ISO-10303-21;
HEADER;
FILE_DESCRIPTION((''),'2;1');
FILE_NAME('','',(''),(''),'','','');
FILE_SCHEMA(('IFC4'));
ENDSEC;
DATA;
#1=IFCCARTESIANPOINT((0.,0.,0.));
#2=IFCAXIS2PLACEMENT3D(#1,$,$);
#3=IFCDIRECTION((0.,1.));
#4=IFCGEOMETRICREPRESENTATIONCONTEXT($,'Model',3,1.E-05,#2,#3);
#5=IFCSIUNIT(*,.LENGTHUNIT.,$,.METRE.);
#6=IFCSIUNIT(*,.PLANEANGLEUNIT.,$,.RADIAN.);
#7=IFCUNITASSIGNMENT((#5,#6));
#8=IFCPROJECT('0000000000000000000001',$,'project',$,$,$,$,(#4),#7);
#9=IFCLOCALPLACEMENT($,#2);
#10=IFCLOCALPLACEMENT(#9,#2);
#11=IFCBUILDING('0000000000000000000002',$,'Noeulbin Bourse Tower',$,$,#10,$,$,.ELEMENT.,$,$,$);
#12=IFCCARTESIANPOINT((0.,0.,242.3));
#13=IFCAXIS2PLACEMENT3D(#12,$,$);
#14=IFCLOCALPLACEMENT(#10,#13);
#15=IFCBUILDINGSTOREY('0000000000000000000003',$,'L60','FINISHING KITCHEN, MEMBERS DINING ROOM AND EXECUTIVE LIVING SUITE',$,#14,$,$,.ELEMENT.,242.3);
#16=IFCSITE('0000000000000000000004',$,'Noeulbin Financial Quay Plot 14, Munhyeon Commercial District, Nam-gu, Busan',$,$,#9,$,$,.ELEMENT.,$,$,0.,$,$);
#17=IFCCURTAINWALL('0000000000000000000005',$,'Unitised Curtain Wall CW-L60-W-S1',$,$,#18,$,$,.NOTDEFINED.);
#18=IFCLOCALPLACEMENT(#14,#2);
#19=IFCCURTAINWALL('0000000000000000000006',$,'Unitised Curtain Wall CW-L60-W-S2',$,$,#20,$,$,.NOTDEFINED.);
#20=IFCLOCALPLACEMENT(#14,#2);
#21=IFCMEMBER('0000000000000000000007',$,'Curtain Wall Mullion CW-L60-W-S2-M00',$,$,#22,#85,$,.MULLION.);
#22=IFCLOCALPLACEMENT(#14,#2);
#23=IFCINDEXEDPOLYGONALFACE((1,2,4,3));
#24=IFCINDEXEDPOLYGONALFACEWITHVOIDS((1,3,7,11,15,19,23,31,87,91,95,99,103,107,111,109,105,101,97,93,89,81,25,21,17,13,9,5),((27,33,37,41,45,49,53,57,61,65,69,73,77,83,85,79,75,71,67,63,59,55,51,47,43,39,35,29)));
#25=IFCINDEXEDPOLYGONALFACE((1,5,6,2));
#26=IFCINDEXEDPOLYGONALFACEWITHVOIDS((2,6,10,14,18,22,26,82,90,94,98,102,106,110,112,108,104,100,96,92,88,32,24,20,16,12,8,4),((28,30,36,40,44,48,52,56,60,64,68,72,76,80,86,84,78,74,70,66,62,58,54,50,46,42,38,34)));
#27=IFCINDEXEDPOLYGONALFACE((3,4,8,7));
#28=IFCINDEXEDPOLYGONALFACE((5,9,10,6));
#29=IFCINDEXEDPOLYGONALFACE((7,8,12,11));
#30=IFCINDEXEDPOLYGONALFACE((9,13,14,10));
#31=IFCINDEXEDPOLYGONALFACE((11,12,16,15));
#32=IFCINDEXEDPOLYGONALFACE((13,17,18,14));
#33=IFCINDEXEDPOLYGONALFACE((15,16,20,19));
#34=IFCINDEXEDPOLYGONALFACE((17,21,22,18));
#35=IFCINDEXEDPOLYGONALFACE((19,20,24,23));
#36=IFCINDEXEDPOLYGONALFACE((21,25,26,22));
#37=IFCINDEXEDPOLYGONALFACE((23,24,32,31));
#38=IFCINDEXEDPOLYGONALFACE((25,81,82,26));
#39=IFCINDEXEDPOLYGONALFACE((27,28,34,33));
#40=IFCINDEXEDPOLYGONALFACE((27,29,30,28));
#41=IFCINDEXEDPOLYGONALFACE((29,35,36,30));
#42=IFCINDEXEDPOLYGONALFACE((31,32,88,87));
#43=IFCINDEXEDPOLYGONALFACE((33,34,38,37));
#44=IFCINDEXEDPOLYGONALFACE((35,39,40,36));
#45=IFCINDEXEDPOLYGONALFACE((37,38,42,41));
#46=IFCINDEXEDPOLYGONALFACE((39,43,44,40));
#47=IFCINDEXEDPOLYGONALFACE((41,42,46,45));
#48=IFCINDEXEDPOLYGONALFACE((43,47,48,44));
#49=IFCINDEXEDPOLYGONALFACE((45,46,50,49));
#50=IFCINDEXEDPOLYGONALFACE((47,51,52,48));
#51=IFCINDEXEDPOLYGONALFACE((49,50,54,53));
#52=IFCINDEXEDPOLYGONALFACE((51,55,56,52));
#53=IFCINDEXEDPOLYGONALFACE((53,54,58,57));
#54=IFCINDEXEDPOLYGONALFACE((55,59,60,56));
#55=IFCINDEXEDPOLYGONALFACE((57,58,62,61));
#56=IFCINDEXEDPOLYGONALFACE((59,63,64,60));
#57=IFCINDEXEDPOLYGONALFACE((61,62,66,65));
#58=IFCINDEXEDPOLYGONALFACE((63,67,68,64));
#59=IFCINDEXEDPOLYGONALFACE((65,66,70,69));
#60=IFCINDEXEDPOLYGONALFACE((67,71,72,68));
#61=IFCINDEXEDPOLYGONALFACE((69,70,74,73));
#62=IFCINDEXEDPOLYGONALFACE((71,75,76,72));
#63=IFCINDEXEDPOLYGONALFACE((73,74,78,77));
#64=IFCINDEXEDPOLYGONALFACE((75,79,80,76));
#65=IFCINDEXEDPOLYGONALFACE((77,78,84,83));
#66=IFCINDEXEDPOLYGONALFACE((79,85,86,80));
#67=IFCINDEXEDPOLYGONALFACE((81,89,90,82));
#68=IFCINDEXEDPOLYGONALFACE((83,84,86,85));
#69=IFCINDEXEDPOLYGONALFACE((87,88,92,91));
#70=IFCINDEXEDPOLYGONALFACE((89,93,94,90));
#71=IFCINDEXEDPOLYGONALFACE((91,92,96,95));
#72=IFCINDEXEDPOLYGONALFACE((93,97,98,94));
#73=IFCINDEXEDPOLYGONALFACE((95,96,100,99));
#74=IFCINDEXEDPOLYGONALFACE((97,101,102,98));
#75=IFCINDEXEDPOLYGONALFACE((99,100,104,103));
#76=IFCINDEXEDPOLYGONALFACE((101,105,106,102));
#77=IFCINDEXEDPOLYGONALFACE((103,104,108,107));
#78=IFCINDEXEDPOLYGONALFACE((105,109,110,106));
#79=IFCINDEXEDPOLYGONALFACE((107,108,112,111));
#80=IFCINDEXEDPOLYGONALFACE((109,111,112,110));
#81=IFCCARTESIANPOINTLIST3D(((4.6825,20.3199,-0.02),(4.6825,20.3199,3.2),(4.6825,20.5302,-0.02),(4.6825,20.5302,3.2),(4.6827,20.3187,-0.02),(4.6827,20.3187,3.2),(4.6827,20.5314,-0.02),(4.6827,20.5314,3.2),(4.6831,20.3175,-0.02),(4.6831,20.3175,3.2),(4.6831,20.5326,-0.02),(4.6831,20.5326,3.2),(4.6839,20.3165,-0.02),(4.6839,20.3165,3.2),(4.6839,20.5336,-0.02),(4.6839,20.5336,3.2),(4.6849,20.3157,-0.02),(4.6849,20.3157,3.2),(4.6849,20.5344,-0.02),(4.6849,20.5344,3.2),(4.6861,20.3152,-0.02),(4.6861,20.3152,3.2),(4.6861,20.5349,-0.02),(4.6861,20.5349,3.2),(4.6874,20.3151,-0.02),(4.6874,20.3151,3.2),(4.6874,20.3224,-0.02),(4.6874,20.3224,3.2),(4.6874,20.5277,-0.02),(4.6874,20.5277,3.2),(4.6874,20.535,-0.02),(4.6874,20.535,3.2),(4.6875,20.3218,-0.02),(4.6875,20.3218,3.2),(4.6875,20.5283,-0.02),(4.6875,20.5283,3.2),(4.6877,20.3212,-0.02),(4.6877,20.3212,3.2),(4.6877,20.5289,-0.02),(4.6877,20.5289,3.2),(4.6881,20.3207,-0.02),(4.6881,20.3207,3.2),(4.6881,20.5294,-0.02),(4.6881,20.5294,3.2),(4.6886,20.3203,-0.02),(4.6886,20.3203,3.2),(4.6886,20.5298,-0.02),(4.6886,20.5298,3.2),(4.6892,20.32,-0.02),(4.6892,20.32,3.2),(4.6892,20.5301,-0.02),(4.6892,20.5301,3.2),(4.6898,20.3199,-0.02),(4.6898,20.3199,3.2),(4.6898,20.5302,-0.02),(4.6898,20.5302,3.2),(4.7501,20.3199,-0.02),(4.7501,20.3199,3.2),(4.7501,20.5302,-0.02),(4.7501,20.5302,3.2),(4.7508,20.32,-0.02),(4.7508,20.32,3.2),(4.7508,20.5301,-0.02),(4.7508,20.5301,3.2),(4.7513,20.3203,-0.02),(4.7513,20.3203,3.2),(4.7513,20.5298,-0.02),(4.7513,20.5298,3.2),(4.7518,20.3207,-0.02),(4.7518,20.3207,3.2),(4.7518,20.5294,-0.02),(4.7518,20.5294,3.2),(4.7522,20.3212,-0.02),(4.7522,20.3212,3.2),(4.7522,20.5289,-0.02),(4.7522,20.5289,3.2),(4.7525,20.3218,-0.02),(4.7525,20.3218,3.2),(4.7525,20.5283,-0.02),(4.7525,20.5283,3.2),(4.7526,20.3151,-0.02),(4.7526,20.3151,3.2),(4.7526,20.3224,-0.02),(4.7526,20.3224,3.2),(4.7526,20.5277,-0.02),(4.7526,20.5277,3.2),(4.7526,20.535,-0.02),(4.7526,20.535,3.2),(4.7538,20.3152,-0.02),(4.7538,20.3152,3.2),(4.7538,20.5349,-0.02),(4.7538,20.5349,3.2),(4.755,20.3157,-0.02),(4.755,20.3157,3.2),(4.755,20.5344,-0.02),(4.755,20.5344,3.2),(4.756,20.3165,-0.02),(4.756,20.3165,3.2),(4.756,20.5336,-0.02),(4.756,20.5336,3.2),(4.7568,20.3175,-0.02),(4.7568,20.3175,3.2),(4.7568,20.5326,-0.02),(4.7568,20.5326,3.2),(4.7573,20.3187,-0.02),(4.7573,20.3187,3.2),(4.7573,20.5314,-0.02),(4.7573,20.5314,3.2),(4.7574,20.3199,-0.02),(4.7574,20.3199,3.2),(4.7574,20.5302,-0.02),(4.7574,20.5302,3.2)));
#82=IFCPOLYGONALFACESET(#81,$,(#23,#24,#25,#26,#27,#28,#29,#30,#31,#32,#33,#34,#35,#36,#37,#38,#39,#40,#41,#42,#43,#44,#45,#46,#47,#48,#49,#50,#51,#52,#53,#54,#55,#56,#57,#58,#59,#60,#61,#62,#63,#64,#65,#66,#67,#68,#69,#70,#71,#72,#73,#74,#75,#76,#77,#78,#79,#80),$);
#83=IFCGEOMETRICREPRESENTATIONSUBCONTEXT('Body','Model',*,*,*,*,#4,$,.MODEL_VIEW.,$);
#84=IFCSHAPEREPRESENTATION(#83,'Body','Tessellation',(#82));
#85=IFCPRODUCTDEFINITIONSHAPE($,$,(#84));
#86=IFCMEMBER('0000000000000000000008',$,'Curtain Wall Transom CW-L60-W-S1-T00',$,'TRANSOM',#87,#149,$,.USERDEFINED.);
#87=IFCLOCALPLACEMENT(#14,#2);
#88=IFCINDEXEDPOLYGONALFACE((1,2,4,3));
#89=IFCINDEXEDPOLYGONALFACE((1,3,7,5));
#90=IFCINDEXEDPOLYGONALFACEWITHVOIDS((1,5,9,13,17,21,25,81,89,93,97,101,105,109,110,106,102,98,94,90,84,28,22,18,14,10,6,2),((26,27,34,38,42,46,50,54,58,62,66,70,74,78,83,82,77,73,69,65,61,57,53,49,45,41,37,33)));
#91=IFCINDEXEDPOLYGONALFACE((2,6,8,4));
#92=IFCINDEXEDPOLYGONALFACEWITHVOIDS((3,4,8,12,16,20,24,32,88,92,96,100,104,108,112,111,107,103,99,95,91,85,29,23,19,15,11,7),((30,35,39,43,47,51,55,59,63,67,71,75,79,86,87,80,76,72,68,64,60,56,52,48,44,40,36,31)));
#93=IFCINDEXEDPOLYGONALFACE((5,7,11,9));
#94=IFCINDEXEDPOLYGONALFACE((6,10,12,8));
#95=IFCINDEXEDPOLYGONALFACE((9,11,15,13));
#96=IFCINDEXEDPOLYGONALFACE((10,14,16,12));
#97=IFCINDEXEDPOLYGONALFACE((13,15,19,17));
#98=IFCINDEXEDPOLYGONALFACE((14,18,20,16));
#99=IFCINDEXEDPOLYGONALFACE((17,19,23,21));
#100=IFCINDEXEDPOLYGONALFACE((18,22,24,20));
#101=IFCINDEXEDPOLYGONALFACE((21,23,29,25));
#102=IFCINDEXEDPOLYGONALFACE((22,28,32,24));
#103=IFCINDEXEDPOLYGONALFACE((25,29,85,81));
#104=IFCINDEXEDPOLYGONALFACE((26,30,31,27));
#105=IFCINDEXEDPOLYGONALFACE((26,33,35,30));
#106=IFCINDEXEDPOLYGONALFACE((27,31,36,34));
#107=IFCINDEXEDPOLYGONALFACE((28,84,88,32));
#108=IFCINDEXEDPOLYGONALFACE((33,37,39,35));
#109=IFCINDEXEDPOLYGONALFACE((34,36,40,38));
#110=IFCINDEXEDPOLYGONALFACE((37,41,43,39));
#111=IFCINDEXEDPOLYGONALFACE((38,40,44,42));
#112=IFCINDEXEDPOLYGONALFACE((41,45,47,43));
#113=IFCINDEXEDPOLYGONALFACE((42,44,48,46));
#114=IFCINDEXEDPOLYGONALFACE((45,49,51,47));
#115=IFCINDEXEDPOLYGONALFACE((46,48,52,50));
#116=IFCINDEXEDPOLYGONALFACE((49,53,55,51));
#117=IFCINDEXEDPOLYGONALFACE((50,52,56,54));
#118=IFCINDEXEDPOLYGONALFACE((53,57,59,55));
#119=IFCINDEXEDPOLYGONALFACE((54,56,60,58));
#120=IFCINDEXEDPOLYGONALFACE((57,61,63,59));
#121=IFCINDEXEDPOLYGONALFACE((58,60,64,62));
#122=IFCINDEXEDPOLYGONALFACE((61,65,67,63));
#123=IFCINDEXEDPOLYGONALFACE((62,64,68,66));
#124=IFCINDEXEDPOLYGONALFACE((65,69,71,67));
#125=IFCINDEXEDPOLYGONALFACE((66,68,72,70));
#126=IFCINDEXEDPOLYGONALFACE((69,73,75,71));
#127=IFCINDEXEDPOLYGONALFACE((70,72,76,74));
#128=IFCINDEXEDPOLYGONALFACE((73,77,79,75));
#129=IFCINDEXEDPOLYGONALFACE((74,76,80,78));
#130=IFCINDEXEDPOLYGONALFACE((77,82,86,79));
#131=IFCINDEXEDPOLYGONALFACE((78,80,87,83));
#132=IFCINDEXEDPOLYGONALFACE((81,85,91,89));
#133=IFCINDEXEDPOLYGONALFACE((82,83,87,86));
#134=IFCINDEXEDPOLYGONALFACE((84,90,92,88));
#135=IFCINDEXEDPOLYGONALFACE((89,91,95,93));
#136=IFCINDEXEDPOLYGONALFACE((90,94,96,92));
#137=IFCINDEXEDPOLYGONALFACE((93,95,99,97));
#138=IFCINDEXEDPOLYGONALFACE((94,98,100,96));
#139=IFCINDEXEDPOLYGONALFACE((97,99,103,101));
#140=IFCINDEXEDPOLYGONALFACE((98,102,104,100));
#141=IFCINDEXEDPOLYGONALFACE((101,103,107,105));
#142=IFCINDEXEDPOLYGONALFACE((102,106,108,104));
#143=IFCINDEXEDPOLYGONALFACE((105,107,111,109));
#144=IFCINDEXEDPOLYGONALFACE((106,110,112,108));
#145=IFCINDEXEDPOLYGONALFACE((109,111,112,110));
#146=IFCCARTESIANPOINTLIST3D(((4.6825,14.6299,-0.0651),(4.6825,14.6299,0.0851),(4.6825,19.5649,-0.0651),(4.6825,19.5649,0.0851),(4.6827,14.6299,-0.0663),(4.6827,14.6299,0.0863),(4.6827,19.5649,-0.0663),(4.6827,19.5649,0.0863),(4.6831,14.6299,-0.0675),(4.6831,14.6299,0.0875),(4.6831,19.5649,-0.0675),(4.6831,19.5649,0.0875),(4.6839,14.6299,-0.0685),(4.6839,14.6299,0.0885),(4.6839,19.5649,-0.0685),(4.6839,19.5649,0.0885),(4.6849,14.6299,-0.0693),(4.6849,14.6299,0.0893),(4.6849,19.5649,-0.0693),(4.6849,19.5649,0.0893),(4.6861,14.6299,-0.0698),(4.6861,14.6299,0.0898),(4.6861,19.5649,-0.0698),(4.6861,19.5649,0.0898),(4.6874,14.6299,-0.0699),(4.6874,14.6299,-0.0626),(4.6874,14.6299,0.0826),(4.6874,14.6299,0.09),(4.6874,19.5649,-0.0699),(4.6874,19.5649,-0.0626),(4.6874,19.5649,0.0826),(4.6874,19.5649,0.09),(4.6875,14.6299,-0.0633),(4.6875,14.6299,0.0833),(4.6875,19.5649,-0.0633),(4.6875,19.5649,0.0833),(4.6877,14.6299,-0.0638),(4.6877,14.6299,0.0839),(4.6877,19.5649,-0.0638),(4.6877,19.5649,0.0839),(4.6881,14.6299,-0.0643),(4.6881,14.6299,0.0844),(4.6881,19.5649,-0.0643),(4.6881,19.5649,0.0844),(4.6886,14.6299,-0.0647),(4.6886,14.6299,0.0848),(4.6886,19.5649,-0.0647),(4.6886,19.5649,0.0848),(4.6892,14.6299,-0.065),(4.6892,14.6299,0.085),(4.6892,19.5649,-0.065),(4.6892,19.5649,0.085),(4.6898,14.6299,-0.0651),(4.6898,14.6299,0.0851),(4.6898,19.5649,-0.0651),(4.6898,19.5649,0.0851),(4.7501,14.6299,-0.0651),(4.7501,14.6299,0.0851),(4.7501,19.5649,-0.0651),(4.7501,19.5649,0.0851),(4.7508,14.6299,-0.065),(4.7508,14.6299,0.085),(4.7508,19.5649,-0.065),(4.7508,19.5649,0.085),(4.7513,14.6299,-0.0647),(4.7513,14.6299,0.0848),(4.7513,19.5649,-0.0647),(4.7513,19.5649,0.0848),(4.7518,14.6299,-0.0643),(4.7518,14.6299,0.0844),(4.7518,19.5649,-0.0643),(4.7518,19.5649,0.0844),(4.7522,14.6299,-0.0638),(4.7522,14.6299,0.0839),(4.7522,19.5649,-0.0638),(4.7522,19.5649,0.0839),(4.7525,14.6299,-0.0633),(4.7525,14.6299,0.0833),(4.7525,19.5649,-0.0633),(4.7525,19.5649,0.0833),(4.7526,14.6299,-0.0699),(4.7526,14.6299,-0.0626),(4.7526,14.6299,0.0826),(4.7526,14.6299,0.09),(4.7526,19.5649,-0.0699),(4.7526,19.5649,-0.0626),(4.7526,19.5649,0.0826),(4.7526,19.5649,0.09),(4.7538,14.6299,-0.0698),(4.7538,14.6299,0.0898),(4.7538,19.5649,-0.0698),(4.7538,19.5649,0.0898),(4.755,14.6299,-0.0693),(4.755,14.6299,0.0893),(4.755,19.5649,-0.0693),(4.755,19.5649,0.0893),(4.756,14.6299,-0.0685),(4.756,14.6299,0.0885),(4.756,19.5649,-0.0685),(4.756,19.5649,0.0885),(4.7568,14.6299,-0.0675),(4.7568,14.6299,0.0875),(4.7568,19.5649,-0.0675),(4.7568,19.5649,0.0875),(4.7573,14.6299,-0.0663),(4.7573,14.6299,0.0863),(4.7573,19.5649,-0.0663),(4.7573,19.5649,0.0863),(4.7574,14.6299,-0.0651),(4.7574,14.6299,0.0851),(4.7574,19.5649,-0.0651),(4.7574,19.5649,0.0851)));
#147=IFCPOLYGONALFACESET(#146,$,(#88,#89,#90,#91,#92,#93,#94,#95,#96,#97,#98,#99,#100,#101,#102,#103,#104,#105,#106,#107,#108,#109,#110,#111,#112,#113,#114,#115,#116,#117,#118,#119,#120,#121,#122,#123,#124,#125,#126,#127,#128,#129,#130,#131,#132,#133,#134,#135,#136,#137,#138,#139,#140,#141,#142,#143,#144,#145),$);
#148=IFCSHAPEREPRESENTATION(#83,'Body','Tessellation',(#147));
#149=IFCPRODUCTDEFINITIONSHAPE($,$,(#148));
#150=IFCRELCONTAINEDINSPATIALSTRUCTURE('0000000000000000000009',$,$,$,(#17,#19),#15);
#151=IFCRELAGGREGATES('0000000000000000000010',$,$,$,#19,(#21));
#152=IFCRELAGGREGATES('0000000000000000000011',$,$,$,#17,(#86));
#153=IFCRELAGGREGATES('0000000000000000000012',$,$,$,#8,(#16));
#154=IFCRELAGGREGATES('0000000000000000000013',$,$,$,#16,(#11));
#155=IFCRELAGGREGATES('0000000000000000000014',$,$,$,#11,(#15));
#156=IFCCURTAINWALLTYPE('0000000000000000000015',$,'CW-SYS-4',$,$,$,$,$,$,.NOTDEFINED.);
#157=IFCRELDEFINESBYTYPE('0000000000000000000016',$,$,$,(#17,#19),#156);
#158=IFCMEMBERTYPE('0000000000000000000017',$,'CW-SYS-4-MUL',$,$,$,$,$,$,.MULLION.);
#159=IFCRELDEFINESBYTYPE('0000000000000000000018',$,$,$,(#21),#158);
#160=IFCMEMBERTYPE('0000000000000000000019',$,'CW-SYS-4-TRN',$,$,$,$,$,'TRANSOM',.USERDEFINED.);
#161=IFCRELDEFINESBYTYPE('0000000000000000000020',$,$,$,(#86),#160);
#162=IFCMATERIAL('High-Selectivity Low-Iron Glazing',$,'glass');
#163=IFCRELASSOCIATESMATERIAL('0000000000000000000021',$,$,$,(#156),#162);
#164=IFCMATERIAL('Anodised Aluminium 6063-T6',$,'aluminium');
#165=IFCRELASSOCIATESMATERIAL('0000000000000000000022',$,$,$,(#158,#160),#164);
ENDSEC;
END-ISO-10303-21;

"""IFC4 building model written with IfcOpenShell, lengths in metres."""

from ifc_helpers import new_model, si_unit, direction, frame, origin, origin_2d, place, context, subcontext, project, spatial, hollow_rectangle, extrude, material, material_profile, profile_set, type_object, element, aggregate, save


model = new_model("IFC4")

# Units and contexts
model_context = context("Model", 3, precision=1e-05, world=origin(), true_north=direction((0.0, 1.0)))
body_context = subcontext(model_context, "Body", "Model", "MODEL_VIEW")
ifc_project = project(units=[si_unit("LENGTHUNIT", "METRE"), si_unit("PLANEANGLEUNIT", "RADIAN")], contexts=[model_context])

# Site, building, storey
site_placement = place(None, origin())
site = spatial("IfcSite", under=ifc_project, at=site_placement, Name="Noeulbin Financial Quay Plot 14, Munhyeon Commercial District, Nam-gu, Busan", CompositionType="ELEMENT", RefElevation=0.0)
building_placement = place(site_placement, origin())
building = spatial("IfcBuilding", under=site, at=building_placement, Name="Noeulbin Bourse Tower", CompositionType="ELEMENT")
storey_placement = place(building_placement, frame((0.0, 0.0, 242.3)))
storey = spatial("IfcBuildingStorey", under=building, at=storey_placement, Name="L60", Description="FINISHING KITCHEN, MEMBERS DINING ROOM AND EXECUTIVE LIVING SUITE", CompositionType="ELEMENT", Elevation=242.3)

# Curtain wall
ifc_material_1 = material(Name="High-Selectivity Low-Iron Glazing", Category="glass")
curtain_wall_type = type_object("IfcCurtainWallType", Name="CW-SYS-4", PredefinedType="NOTDEFINED", material=ifc_material_1)
curtain_wall_1_placement = place(storey_placement, origin())
curtain_wall_1 = element("IfcCurtainWall", 1, at=curtain_wall_1_placement, inside=storey, type_object=curtain_wall_type, Name="Unitised Curtain Wall CW-L60-W-S1", PredefinedType="NOTDEFINED")
ifc_material_2 = material(Name="Anodised Aluminium 6063-T6", Category="aluminium")
ifc_material_profile_1 = material_profile(ifc_material_2, hollow_rectangle(XDim=0.075, YDim=0.22, WallThickness=0.0049, InnerFilletRadius=0.0024, OuterFilletRadius=0.0049, at=origin_2d()), Name="ALU-MULL-75x220x5", Category="LoadBearing")
ifc_profile_set_1 = profile_set([ifc_material_profile_1], Name="Anodised Aluminium 6063-T6")
member_type_1 = type_object("IfcMemberType", Name="CW-SYS-4-MUL", PredefinedType="MULLION", material=ifc_profile_set_1)

# Curtain wall, member
curtain_wall_2_placement = place(storey_placement, origin())
curtain_wall_2 = element("IfcCurtainWall", 2, at=curtain_wall_2_placement, inside=storey, type_object=curtain_wall_type, Name="Unitised Curtain Wall CW-L60-W-S2", PredefinedType="NOTDEFINED")
member_1_placement = place(storey_placement, frame((4.72, 20.425, -0.02), z_axis=(0.0, 0.0, 1.0), x_axis=(1.0, 0.0, 0.0)))
member_1 = element("IfcMember", 3, at=member_1_placement, type_object=member_type_1, Name="Curtain Wall Mullion CW-L60-W-S2-M00", PredefinedType="MULLION", context=body_context, shape_type="SweptSolid", body=[
    extrude(hollow_rectangle(XDim=0.075, YDim=0.22, WallThickness=0.0049, InnerFilletRadius=0.0024, OuterFilletRadius=0.0049, at=origin_2d()), origin(), (0.0, 0.0, 1.0), 3.22),
])

# Member
ifc_material_profile_2 = material_profile(ifc_material_2, hollow_rectangle(XDim=0.075, YDim=0.1599, WallThickness=0.0049, InnerFilletRadius=0.0024, OuterFilletRadius=0.0049, at=origin_2d()), Name="ALU-TRAN-75x160x5", Category="LoadBearing")
ifc_profile_set_2 = profile_set([ifc_material_profile_2], Name="Anodised Aluminium 6063-T6")
member_type_2 = type_object("IfcMemberType", Name="CW-SYS-4-TRN", ElementType="TRANSOM", PredefinedType="USERDEFINED", material=ifc_profile_set_2)
member_2_placement = place(storey_placement, frame((4.72, 14.6299, 0.01), z_axis=(0.0, 1.0, 0.0), x_axis=(-1.0, 0.0, 0.0)))
member_2 = element("IfcMember", 4, at=member_2_placement, type_object=member_type_2, Name="Curtain Wall Transom CW-L60-W-S1-T00", ObjectType="TRANSOM", PredefinedType="USERDEFINED", context=body_context, shape_type="SweptSolid", body=[
    extrude(hollow_rectangle(XDim=0.075, YDim=0.1599, WallThickness=0.0049, InnerFilletRadius=0.0024, OuterFilletRadius=0.0049, at=origin_2d()), origin(), (0.0, 0.0, 1.0), 4.9351),
])
aggregate(curtain_wall_2, [member_1])

aggregate(curtain_wall_1, [member_2])

save(model, "model.ifc")
